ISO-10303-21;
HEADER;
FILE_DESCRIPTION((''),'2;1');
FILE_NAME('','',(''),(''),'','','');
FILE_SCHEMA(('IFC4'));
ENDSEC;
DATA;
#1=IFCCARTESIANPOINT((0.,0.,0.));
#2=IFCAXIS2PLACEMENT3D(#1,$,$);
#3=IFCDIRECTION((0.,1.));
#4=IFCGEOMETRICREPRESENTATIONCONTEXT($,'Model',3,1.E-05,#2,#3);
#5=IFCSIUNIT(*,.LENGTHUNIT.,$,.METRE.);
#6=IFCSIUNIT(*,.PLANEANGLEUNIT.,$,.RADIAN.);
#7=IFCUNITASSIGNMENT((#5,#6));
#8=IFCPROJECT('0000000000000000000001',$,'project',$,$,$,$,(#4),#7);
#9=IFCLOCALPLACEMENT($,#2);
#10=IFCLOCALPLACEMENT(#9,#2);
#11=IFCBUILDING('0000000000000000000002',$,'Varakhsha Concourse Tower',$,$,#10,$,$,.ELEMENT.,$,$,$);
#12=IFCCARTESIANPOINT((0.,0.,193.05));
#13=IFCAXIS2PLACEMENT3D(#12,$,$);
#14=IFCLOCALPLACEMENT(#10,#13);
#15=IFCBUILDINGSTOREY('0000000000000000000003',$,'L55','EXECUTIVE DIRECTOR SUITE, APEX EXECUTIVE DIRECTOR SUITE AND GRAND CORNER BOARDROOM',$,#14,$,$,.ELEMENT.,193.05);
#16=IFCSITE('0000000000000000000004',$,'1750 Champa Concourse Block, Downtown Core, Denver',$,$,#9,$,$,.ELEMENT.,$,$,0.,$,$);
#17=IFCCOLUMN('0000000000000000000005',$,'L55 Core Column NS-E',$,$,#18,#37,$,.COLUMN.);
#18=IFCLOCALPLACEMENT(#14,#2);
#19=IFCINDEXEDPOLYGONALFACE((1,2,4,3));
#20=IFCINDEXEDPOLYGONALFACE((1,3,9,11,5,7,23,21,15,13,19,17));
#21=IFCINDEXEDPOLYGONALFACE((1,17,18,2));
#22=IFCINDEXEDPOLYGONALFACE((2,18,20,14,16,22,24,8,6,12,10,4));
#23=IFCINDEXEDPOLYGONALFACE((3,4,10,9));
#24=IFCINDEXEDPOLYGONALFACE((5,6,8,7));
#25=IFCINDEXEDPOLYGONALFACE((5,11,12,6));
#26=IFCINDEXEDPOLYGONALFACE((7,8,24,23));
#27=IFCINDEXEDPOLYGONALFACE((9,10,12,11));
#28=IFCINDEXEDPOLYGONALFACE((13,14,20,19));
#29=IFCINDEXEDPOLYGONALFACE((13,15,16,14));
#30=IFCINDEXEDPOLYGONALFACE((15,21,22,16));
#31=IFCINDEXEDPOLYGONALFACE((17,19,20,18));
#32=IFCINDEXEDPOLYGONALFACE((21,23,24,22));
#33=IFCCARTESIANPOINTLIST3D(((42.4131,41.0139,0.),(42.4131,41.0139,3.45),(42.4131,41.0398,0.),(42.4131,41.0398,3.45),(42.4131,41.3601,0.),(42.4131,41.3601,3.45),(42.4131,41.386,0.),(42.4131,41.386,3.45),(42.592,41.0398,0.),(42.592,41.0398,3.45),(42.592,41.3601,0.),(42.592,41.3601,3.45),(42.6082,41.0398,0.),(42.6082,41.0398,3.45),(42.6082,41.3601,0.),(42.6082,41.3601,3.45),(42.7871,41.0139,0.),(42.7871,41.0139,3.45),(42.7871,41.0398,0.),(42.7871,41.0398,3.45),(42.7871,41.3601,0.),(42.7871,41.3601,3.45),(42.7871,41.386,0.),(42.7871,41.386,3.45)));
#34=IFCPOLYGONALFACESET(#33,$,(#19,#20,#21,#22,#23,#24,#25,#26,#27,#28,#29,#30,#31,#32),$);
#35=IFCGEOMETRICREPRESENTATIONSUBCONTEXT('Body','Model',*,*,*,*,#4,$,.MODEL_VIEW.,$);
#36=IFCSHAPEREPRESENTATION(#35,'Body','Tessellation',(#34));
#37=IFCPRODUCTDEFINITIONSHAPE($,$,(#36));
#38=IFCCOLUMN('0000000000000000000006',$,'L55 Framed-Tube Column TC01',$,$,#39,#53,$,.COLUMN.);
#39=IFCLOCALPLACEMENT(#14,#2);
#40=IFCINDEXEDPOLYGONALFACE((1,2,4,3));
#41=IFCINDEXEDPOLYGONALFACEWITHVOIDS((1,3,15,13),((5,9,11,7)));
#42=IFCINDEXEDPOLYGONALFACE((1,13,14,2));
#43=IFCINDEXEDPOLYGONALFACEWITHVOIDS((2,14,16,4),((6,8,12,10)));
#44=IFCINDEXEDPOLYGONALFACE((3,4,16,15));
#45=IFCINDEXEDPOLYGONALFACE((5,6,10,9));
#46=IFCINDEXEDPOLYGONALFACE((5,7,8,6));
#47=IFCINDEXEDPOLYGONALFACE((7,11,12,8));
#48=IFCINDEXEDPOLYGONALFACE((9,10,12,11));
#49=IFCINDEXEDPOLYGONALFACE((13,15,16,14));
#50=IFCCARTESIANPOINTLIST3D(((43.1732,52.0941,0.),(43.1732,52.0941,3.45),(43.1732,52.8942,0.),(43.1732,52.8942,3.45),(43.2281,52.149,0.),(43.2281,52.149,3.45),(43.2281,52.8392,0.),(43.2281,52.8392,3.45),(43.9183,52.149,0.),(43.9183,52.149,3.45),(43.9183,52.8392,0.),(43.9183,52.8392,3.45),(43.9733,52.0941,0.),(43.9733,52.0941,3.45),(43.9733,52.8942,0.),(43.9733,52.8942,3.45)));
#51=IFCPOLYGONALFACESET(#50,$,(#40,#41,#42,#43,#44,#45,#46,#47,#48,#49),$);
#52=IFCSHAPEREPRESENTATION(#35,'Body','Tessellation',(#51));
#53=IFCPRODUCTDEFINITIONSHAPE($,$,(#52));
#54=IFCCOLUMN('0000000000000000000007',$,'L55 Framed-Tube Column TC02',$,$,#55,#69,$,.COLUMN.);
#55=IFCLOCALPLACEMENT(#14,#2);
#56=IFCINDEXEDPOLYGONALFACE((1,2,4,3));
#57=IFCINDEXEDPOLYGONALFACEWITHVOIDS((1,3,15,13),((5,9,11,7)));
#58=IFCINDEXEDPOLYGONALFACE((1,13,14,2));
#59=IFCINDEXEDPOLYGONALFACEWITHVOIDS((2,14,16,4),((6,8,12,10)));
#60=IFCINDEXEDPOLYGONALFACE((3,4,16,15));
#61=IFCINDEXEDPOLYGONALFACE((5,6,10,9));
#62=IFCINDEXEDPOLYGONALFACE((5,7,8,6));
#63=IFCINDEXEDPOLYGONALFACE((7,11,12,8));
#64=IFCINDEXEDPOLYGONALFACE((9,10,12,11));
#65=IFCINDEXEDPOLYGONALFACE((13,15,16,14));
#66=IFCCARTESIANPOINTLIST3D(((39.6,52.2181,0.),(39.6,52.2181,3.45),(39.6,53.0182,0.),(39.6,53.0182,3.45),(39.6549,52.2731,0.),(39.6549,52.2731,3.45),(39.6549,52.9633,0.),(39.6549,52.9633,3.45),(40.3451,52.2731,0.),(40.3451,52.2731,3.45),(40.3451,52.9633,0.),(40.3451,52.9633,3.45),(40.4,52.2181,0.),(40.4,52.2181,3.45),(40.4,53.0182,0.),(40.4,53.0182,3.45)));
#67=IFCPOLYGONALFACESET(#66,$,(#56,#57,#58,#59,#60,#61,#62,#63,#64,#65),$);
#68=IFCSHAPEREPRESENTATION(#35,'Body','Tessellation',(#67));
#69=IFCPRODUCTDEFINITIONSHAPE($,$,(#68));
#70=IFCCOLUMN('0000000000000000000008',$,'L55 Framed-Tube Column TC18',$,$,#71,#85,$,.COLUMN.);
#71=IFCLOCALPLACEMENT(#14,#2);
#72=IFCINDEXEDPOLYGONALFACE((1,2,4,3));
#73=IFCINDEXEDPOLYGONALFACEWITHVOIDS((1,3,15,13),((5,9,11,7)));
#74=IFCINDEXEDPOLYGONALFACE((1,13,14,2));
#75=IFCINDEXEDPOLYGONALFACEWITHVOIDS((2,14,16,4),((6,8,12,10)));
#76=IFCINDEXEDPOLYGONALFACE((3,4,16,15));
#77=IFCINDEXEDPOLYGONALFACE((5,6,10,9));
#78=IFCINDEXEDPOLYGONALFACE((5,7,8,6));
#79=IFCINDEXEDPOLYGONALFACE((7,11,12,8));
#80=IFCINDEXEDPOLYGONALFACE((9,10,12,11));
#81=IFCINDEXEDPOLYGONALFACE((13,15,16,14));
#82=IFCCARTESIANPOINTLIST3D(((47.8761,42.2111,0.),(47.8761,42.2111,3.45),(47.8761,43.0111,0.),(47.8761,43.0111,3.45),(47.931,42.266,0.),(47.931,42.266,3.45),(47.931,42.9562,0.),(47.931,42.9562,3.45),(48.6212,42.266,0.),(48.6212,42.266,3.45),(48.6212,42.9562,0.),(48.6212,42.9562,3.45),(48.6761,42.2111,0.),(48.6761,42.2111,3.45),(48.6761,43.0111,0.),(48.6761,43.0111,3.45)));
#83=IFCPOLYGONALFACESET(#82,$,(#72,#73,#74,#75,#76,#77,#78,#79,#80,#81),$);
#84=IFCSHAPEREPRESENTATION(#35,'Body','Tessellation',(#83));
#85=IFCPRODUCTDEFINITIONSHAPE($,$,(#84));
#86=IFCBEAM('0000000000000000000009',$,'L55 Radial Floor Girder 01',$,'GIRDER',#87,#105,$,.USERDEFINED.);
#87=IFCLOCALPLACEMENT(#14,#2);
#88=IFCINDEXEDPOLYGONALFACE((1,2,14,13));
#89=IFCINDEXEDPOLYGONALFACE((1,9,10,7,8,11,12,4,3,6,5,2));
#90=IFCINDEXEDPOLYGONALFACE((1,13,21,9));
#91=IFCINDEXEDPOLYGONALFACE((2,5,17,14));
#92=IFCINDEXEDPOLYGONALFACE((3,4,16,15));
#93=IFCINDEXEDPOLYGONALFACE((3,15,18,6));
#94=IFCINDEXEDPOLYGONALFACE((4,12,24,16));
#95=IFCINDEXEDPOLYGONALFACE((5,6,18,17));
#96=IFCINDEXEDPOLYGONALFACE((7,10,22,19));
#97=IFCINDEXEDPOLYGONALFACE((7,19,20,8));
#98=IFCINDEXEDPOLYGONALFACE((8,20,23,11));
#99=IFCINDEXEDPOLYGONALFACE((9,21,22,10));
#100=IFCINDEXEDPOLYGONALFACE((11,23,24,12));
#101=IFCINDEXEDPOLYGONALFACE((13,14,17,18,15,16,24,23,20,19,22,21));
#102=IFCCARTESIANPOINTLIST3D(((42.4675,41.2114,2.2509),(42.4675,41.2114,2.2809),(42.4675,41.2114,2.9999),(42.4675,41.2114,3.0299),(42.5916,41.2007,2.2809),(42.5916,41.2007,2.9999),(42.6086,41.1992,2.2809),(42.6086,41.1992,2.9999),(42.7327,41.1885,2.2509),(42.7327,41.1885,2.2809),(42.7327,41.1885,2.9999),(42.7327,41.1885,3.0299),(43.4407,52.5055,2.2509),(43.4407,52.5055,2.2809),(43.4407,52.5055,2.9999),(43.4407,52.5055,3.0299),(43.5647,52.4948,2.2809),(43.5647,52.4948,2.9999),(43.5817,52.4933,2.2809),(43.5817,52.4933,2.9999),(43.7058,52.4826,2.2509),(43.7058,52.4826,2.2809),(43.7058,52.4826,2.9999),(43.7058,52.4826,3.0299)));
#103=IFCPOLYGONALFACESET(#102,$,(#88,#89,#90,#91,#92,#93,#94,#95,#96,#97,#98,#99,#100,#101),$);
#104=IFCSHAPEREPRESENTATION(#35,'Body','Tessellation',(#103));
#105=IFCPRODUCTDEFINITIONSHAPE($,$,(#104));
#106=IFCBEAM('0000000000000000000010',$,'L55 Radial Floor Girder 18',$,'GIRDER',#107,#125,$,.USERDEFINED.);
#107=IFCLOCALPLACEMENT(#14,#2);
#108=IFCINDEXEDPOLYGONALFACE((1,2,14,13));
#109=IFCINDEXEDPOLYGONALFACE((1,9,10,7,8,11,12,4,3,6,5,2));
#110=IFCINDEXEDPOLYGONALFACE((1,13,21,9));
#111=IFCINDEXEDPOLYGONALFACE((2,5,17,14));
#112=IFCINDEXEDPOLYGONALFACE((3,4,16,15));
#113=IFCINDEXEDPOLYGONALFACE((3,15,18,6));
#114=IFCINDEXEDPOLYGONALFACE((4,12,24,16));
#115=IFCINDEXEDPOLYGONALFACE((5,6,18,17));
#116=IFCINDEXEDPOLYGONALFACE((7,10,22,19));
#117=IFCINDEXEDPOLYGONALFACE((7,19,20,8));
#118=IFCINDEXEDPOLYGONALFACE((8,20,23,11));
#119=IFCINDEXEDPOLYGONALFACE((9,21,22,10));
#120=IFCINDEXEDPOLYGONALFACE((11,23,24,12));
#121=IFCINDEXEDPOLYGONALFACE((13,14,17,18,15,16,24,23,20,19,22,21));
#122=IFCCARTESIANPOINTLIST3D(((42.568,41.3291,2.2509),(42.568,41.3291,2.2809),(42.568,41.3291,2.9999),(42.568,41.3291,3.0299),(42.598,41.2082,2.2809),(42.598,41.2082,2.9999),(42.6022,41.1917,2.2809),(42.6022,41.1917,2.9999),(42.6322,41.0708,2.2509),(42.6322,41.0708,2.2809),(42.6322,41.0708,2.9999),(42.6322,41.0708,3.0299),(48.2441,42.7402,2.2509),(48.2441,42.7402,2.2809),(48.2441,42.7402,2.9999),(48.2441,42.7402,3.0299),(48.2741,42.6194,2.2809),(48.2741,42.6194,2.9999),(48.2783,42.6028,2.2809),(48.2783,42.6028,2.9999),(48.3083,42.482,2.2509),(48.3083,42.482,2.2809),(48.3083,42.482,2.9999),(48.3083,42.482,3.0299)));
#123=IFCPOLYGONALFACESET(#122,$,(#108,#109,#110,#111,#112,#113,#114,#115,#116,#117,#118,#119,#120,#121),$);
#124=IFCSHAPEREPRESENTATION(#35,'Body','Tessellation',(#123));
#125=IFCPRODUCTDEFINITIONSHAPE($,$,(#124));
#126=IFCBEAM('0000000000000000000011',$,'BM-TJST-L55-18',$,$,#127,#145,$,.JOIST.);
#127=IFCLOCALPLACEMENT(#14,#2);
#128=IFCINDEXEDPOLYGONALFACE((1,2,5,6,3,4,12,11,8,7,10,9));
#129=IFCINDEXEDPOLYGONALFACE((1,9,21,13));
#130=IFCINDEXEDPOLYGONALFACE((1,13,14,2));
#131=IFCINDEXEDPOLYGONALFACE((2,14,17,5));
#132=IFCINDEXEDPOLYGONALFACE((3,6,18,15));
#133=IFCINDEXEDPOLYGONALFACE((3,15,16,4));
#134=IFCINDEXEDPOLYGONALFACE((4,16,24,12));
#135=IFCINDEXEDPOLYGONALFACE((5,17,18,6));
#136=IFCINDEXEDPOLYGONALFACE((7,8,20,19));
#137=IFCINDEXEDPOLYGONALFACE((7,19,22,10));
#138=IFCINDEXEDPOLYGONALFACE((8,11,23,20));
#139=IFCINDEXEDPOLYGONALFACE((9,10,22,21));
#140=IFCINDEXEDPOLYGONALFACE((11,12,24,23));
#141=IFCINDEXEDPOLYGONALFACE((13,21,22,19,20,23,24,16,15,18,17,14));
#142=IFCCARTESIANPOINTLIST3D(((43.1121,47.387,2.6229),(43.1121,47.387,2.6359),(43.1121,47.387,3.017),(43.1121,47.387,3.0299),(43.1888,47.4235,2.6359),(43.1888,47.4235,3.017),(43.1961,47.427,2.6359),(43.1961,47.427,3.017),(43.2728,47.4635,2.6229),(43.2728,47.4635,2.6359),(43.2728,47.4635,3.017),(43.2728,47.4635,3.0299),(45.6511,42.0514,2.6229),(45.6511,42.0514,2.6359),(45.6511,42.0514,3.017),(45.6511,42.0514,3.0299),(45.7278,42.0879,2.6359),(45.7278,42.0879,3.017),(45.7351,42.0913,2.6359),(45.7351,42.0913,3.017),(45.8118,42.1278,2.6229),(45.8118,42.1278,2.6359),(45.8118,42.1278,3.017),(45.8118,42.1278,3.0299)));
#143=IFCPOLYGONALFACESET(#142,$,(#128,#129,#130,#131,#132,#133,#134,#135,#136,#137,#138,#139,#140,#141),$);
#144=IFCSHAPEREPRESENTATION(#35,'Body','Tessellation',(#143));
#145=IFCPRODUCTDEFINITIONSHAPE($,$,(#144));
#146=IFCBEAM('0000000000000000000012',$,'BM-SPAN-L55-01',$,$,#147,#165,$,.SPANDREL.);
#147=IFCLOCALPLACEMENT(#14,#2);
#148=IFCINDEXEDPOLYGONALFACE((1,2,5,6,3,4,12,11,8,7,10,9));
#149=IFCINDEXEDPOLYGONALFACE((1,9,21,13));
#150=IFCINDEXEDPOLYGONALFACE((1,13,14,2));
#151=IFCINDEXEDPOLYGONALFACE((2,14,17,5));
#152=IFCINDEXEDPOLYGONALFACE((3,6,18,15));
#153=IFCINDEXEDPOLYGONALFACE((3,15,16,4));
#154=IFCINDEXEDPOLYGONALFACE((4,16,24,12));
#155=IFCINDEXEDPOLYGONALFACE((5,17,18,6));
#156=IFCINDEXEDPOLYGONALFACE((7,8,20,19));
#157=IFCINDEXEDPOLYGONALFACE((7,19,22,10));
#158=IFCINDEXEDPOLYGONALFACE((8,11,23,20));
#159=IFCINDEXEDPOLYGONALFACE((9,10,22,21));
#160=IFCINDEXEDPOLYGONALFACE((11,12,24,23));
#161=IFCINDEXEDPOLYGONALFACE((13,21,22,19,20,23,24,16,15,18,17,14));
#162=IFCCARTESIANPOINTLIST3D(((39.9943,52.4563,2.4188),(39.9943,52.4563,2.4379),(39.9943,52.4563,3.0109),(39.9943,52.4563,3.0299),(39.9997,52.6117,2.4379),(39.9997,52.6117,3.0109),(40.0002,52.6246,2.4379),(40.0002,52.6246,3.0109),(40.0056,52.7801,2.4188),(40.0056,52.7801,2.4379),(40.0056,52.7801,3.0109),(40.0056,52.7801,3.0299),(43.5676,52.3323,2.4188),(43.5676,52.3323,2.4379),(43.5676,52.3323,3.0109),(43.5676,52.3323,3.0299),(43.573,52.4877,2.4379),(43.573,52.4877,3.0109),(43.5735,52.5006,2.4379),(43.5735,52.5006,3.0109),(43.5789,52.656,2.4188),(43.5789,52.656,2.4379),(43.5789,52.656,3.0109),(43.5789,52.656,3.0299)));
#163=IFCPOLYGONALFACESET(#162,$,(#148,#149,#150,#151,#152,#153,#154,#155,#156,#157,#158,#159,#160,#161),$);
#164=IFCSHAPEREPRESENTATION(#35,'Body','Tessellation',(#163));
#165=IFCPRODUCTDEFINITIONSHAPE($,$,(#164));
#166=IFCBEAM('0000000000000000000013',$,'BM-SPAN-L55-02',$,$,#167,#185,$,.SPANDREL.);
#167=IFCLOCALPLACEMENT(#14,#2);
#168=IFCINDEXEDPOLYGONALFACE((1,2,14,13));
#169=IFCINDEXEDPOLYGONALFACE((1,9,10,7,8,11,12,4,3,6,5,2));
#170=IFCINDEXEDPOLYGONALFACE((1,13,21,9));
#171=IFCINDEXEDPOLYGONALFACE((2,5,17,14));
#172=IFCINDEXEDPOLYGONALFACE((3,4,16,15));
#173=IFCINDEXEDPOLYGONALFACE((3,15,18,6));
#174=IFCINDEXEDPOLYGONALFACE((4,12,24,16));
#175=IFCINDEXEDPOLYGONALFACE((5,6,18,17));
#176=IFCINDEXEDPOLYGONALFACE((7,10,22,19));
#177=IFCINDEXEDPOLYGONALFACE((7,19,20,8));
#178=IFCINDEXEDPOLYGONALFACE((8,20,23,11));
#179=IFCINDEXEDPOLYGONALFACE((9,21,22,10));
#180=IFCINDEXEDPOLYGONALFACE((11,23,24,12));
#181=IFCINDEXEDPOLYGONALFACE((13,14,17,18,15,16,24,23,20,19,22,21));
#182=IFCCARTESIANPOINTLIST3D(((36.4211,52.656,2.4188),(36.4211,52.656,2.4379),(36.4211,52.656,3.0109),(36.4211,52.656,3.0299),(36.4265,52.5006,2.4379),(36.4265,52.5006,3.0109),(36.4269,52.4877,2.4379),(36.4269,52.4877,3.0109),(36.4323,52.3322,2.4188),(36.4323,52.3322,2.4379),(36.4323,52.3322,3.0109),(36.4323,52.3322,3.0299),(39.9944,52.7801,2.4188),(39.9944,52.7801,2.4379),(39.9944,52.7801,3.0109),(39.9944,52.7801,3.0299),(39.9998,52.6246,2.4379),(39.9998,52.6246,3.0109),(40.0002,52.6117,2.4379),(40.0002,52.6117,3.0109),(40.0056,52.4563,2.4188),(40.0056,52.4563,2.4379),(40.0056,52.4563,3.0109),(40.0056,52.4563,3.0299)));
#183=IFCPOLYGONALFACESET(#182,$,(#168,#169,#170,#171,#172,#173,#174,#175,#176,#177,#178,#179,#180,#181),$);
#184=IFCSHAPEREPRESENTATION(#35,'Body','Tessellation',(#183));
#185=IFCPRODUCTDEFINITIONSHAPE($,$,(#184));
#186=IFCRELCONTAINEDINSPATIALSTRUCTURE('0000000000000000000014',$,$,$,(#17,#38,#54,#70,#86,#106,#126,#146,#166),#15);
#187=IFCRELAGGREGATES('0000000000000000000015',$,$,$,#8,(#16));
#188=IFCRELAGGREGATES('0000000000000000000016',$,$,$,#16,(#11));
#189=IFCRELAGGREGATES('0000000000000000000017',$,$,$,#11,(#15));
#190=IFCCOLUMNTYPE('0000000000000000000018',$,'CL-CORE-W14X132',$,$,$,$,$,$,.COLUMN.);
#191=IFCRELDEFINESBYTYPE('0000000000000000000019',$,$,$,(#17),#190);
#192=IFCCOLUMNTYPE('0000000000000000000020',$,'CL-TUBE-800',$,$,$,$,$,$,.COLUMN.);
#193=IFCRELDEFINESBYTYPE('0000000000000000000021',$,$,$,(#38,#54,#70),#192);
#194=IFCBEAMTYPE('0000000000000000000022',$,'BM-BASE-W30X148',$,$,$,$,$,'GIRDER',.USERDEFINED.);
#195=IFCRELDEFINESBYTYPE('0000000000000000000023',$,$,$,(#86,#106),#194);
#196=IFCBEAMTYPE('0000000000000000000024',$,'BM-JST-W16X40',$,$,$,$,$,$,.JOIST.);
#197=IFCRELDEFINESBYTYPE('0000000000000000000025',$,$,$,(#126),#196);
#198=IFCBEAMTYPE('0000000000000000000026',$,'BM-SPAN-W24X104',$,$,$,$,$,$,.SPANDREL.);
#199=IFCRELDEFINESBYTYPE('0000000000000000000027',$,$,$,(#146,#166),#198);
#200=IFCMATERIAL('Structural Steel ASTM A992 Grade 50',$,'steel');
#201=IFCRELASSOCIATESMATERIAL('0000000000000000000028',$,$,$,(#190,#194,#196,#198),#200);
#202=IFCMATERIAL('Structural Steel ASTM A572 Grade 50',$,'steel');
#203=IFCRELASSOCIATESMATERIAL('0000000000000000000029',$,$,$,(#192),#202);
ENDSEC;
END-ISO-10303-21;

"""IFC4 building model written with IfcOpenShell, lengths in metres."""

from ifc_helpers import new_model, si_unit, direction, frame, origin, origin_2d, place, context, subcontext, project, spatial, hollow_rectangle, i_section, extrude, material, material_profile, profile_set, type_object, element, save


model = new_model("IFC4")

# Units and contexts
model_context = context("Model", 3, precision=1e-05, world=origin(), true_north=direction((0.0, 1.0)))
body_context = subcontext(model_context, "Body", "Model", "MODEL_VIEW")
ifc_project = project(units=[si_unit("LENGTHUNIT", "METRE"), si_unit("PLANEANGLEUNIT", "RADIAN")], contexts=[model_context])

# Site, building, storey
site_placement = place(None, origin())
site = spatial("IfcSite", under=ifc_project, at=site_placement, Name="1750 Champa Concourse Block, Downtown Core, Denver", CompositionType="ELEMENT", RefElevation=0.0)
building_placement = place(site_placement, origin())
building = spatial("IfcBuilding", under=site, at=building_placement, Name="Varakhsha Concourse Tower", CompositionType="ELEMENT")
storey_placement = place(building_placement, frame((0.0, 0.0, 193.05)))
storey = spatial("IfcBuildingStorey", under=building, at=storey_placement, Name="L55", Description="EXECUTIVE DIRECTOR SUITE, APEX EXECUTIVE DIRECTOR SUITE AND GRAND CORNER BOARDROOM", CompositionType="ELEMENT", Elevation=193.05)

# Columns
ifc_material_1 = material(Name="Structural Steel ASTM A992 Grade 50", Category="steel")
ifc_material_profile_1 = material_profile(ifc_material_1, i_section(OverallWidth=0.374, OverallDepth=0.3721, WebThickness=0.0161, FlangeThickness=0.0259, at=origin_2d()), Name="W14X132")
ifc_profile_set_1 = profile_set([ifc_material_profile_1], Name="Structural Steel ASTM A992 Grade 50")
column_type_1 = type_object("IfcColumnType", Name="CL-CORE-W14X132", PredefinedType="COLUMN", material=ifc_profile_set_1)
column_placement = place(storey_placement, frame((42.6001, 41.2, 0.0), z_axis=(0.0, 0.0, 1.0), x_axis=(1.0, 0.0, 0.0)))
element("IfcColumn", 1, at=column_placement, inside=storey, type_object=column_type_1, Name="L55 Core Column NS-E", PredefinedType="COLUMN", context=body_context, shape_type="SweptSolid", body=[
    extrude(i_section(OverallWidth=0.374, OverallDepth=0.3721, WebThickness=0.0161, FlangeThickness=0.0259, at=origin_2d()), origin(), (0.0, 0.0, 1.0), 3.45),
])
ifc_material_2 = material(Name="Structural Steel ASTM A572 Grade 50", Category="steel")
ifc_material_profile_2 = material_profile(ifc_material_2, hollow_rectangle(XDim=0.8, YDim=0.8, WallThickness=0.0549, at=origin_2d()), Name="BOX 800x800x55")
ifc_profile_set_2 = profile_set([ifc_material_profile_2], Name="Structural Steel ASTM A572 Grade 50")
column_type_2 = type_object("IfcColumnType", Name="CL-TUBE-800", PredefinedType="COLUMN", material=ifc_profile_set_2)
for number, where, z_axis, x_axis, name in (
    (2, (43.5732, 52.4941, 0.0), (0.0, 0.0, 1.0), (1.0, 0.0, 0.0), "L55 Framed-Tube Column TC01"),
    (3, (40.0, 52.6182, 0.0), (0.0, 0.0, 1.0), (1.0, 0.0, 0.0), "L55 Framed-Tube Column TC02"),
    (4, (48.2761, 42.6111, 0.0), (0.0, 0.0, 1.0), (1.0, 0.0, 0.0), "L55 Framed-Tube Column TC18"),
):
    element("IfcColumn", number, at=place(storey_placement, frame(where, z_axis=z_axis, x_axis=x_axis)), inside=storey, type_object=column_type_2, Name=name, PredefinedType="COLUMN", context=body_context, shape_type="SweptSolid", body=[
        extrude(hollow_rectangle(XDim=0.8, YDim=0.8, WallThickness=0.0549, at=origin_2d()), origin(), (0.0, 0.0, 1.0), 3.45),
    ])

# Beams
ifc_material_profile_3 = material_profile(ifc_material_1, i_section(OverallWidth=0.2661, OverallDepth=0.7791, WebThickness=0.0171, FlangeThickness=0.03, at=origin_2d()), Name="W30X148")
ifc_profile_set_3 = profile_set([ifc_material_profile_3], Name="Structural Steel ASTM A992 Grade 50")
beam_type_1 = type_object("IfcBeamType", Name="BM-BASE-W30X148", ElementType="GIRDER", PredefinedType="USERDEFINED", material=ifc_profile_set_3)
beam_1_placement = place(storey_placement, frame((42.6001, 41.2, 2.6404), z_axis=(0.085845, 0.996308, 0.0), x_axis=(-0.996308, 0.085845, 0.0)))
element("IfcBeam", 5, at=beam_1_placement, inside=storey, type_object=beam_type_1, Name="L55 Radial Floor Girder 01", ObjectType="GIRDER", PredefinedType="USERDEFINED", context=body_context, shape_type="SweptSolid", body=[
    extrude(i_section(OverallWidth=0.2661, OverallDepth=0.7791, WebThickness=0.0171, FlangeThickness=0.03, at=origin_2d()), origin(), (0.0, 0.0, 1.0), 11.3359),
])
beam_2_placement = place(storey_placement, frame((42.6001, 41.2, 2.6404), z_axis=(0.970458, 0.241268, 0.0), x_axis=(-0.241268, 0.970458, 0.0)))
element("IfcBeam", 6, at=beam_2_placement, inside=storey, type_object=beam_type_1, Name="L55 Radial Floor Girder 18", ObjectType="GIRDER", PredefinedType="USERDEFINED", context=body_context, shape_type="SweptSolid", body=[
    extrude(i_section(OverallWidth=0.2661, OverallDepth=0.7791, WebThickness=0.0171, FlangeThickness=0.03, at=origin_2d()), origin(), (0.0, 0.0, 1.0), 5.8489),
])
ifc_material_profile_4 = material_profile(ifc_material_1, i_section(OverallWidth=0.178, OverallDepth=0.407, WebThickness=0.0081, FlangeThickness=0.0129, at=origin_2d()), Name="W16X40")
ifc_profile_set_4 = profile_set([ifc_material_profile_4], Name="Structural Steel ASTM A992 Grade 50")
beam_type_2 = type_object("IfcBeamType", Name="BM-JST-W16X40", PredefinedType="JOIST", material=ifc_profile_set_4)
beam_3_placement = place(storey_placement, frame((45.7314, 42.0896, 2.8264), z_axis=(-0.429693, 0.902975, 0.0), x_axis=(-0.902975, -0.429693, 0.0)))
element("IfcBeam", 7, at=beam_3_placement, inside=storey, type_object=beam_type_2, Name="BM-TJST-L55-18", PredefinedType="JOIST", context=body_context, shape_type="SweptSolid", body=[
    extrude(i_section(OverallWidth=0.178, OverallDepth=0.407, WebThickness=0.0081, FlangeThickness=0.0129, at=origin_2d()), origin(), (0.0, 0.0, 1.0), 5.9089),
])
ifc_material_profile_5 = material_profile(ifc_material_1, i_section(OverallWidth=0.324, OverallDepth=0.6111, WebThickness=0.0129, FlangeThickness=0.019, at=origin_2d()), Name="W24X104")
ifc_profile_set_5 = profile_set([ifc_material_profile_5], Name="Structural Steel ASTM A992 Grade 50")
beam_type_3 = type_object("IfcBeamType", Name="BM-SPAN-W24X104", PredefinedType="SPANDREL", material=ifc_profile_set_5)
for number, where, z_axis, x_axis, name in (
    (8, (43.5732, 52.4941, 2.7244), (-0.999398, 0.034688, 0.0), (-0.034688, -0.999398, 0.0), "BM-SPAN-L55-01"),
    (9, (40.0, 52.6182, 2.7244), (-0.999398, -0.034688, 0.0), (0.034688, -0.999398, 0.0), "BM-SPAN-L55-02"),
):
    element("IfcBeam", number, at=place(storey_placement, frame(where, z_axis=z_axis, x_axis=x_axis)), inside=storey, type_object=beam_type_3, Name=name, PredefinedType="SPANDREL", context=body_context, shape_type="SweptSolid", body=[
        extrude(i_section(OverallWidth=0.324, OverallDepth=0.6111, WebThickness=0.0129, FlangeThickness=0.019, at=origin_2d()), origin(), (0.0, 0.0, 1.0), 3.5754),
    ])

save(model, "model.ifc")
